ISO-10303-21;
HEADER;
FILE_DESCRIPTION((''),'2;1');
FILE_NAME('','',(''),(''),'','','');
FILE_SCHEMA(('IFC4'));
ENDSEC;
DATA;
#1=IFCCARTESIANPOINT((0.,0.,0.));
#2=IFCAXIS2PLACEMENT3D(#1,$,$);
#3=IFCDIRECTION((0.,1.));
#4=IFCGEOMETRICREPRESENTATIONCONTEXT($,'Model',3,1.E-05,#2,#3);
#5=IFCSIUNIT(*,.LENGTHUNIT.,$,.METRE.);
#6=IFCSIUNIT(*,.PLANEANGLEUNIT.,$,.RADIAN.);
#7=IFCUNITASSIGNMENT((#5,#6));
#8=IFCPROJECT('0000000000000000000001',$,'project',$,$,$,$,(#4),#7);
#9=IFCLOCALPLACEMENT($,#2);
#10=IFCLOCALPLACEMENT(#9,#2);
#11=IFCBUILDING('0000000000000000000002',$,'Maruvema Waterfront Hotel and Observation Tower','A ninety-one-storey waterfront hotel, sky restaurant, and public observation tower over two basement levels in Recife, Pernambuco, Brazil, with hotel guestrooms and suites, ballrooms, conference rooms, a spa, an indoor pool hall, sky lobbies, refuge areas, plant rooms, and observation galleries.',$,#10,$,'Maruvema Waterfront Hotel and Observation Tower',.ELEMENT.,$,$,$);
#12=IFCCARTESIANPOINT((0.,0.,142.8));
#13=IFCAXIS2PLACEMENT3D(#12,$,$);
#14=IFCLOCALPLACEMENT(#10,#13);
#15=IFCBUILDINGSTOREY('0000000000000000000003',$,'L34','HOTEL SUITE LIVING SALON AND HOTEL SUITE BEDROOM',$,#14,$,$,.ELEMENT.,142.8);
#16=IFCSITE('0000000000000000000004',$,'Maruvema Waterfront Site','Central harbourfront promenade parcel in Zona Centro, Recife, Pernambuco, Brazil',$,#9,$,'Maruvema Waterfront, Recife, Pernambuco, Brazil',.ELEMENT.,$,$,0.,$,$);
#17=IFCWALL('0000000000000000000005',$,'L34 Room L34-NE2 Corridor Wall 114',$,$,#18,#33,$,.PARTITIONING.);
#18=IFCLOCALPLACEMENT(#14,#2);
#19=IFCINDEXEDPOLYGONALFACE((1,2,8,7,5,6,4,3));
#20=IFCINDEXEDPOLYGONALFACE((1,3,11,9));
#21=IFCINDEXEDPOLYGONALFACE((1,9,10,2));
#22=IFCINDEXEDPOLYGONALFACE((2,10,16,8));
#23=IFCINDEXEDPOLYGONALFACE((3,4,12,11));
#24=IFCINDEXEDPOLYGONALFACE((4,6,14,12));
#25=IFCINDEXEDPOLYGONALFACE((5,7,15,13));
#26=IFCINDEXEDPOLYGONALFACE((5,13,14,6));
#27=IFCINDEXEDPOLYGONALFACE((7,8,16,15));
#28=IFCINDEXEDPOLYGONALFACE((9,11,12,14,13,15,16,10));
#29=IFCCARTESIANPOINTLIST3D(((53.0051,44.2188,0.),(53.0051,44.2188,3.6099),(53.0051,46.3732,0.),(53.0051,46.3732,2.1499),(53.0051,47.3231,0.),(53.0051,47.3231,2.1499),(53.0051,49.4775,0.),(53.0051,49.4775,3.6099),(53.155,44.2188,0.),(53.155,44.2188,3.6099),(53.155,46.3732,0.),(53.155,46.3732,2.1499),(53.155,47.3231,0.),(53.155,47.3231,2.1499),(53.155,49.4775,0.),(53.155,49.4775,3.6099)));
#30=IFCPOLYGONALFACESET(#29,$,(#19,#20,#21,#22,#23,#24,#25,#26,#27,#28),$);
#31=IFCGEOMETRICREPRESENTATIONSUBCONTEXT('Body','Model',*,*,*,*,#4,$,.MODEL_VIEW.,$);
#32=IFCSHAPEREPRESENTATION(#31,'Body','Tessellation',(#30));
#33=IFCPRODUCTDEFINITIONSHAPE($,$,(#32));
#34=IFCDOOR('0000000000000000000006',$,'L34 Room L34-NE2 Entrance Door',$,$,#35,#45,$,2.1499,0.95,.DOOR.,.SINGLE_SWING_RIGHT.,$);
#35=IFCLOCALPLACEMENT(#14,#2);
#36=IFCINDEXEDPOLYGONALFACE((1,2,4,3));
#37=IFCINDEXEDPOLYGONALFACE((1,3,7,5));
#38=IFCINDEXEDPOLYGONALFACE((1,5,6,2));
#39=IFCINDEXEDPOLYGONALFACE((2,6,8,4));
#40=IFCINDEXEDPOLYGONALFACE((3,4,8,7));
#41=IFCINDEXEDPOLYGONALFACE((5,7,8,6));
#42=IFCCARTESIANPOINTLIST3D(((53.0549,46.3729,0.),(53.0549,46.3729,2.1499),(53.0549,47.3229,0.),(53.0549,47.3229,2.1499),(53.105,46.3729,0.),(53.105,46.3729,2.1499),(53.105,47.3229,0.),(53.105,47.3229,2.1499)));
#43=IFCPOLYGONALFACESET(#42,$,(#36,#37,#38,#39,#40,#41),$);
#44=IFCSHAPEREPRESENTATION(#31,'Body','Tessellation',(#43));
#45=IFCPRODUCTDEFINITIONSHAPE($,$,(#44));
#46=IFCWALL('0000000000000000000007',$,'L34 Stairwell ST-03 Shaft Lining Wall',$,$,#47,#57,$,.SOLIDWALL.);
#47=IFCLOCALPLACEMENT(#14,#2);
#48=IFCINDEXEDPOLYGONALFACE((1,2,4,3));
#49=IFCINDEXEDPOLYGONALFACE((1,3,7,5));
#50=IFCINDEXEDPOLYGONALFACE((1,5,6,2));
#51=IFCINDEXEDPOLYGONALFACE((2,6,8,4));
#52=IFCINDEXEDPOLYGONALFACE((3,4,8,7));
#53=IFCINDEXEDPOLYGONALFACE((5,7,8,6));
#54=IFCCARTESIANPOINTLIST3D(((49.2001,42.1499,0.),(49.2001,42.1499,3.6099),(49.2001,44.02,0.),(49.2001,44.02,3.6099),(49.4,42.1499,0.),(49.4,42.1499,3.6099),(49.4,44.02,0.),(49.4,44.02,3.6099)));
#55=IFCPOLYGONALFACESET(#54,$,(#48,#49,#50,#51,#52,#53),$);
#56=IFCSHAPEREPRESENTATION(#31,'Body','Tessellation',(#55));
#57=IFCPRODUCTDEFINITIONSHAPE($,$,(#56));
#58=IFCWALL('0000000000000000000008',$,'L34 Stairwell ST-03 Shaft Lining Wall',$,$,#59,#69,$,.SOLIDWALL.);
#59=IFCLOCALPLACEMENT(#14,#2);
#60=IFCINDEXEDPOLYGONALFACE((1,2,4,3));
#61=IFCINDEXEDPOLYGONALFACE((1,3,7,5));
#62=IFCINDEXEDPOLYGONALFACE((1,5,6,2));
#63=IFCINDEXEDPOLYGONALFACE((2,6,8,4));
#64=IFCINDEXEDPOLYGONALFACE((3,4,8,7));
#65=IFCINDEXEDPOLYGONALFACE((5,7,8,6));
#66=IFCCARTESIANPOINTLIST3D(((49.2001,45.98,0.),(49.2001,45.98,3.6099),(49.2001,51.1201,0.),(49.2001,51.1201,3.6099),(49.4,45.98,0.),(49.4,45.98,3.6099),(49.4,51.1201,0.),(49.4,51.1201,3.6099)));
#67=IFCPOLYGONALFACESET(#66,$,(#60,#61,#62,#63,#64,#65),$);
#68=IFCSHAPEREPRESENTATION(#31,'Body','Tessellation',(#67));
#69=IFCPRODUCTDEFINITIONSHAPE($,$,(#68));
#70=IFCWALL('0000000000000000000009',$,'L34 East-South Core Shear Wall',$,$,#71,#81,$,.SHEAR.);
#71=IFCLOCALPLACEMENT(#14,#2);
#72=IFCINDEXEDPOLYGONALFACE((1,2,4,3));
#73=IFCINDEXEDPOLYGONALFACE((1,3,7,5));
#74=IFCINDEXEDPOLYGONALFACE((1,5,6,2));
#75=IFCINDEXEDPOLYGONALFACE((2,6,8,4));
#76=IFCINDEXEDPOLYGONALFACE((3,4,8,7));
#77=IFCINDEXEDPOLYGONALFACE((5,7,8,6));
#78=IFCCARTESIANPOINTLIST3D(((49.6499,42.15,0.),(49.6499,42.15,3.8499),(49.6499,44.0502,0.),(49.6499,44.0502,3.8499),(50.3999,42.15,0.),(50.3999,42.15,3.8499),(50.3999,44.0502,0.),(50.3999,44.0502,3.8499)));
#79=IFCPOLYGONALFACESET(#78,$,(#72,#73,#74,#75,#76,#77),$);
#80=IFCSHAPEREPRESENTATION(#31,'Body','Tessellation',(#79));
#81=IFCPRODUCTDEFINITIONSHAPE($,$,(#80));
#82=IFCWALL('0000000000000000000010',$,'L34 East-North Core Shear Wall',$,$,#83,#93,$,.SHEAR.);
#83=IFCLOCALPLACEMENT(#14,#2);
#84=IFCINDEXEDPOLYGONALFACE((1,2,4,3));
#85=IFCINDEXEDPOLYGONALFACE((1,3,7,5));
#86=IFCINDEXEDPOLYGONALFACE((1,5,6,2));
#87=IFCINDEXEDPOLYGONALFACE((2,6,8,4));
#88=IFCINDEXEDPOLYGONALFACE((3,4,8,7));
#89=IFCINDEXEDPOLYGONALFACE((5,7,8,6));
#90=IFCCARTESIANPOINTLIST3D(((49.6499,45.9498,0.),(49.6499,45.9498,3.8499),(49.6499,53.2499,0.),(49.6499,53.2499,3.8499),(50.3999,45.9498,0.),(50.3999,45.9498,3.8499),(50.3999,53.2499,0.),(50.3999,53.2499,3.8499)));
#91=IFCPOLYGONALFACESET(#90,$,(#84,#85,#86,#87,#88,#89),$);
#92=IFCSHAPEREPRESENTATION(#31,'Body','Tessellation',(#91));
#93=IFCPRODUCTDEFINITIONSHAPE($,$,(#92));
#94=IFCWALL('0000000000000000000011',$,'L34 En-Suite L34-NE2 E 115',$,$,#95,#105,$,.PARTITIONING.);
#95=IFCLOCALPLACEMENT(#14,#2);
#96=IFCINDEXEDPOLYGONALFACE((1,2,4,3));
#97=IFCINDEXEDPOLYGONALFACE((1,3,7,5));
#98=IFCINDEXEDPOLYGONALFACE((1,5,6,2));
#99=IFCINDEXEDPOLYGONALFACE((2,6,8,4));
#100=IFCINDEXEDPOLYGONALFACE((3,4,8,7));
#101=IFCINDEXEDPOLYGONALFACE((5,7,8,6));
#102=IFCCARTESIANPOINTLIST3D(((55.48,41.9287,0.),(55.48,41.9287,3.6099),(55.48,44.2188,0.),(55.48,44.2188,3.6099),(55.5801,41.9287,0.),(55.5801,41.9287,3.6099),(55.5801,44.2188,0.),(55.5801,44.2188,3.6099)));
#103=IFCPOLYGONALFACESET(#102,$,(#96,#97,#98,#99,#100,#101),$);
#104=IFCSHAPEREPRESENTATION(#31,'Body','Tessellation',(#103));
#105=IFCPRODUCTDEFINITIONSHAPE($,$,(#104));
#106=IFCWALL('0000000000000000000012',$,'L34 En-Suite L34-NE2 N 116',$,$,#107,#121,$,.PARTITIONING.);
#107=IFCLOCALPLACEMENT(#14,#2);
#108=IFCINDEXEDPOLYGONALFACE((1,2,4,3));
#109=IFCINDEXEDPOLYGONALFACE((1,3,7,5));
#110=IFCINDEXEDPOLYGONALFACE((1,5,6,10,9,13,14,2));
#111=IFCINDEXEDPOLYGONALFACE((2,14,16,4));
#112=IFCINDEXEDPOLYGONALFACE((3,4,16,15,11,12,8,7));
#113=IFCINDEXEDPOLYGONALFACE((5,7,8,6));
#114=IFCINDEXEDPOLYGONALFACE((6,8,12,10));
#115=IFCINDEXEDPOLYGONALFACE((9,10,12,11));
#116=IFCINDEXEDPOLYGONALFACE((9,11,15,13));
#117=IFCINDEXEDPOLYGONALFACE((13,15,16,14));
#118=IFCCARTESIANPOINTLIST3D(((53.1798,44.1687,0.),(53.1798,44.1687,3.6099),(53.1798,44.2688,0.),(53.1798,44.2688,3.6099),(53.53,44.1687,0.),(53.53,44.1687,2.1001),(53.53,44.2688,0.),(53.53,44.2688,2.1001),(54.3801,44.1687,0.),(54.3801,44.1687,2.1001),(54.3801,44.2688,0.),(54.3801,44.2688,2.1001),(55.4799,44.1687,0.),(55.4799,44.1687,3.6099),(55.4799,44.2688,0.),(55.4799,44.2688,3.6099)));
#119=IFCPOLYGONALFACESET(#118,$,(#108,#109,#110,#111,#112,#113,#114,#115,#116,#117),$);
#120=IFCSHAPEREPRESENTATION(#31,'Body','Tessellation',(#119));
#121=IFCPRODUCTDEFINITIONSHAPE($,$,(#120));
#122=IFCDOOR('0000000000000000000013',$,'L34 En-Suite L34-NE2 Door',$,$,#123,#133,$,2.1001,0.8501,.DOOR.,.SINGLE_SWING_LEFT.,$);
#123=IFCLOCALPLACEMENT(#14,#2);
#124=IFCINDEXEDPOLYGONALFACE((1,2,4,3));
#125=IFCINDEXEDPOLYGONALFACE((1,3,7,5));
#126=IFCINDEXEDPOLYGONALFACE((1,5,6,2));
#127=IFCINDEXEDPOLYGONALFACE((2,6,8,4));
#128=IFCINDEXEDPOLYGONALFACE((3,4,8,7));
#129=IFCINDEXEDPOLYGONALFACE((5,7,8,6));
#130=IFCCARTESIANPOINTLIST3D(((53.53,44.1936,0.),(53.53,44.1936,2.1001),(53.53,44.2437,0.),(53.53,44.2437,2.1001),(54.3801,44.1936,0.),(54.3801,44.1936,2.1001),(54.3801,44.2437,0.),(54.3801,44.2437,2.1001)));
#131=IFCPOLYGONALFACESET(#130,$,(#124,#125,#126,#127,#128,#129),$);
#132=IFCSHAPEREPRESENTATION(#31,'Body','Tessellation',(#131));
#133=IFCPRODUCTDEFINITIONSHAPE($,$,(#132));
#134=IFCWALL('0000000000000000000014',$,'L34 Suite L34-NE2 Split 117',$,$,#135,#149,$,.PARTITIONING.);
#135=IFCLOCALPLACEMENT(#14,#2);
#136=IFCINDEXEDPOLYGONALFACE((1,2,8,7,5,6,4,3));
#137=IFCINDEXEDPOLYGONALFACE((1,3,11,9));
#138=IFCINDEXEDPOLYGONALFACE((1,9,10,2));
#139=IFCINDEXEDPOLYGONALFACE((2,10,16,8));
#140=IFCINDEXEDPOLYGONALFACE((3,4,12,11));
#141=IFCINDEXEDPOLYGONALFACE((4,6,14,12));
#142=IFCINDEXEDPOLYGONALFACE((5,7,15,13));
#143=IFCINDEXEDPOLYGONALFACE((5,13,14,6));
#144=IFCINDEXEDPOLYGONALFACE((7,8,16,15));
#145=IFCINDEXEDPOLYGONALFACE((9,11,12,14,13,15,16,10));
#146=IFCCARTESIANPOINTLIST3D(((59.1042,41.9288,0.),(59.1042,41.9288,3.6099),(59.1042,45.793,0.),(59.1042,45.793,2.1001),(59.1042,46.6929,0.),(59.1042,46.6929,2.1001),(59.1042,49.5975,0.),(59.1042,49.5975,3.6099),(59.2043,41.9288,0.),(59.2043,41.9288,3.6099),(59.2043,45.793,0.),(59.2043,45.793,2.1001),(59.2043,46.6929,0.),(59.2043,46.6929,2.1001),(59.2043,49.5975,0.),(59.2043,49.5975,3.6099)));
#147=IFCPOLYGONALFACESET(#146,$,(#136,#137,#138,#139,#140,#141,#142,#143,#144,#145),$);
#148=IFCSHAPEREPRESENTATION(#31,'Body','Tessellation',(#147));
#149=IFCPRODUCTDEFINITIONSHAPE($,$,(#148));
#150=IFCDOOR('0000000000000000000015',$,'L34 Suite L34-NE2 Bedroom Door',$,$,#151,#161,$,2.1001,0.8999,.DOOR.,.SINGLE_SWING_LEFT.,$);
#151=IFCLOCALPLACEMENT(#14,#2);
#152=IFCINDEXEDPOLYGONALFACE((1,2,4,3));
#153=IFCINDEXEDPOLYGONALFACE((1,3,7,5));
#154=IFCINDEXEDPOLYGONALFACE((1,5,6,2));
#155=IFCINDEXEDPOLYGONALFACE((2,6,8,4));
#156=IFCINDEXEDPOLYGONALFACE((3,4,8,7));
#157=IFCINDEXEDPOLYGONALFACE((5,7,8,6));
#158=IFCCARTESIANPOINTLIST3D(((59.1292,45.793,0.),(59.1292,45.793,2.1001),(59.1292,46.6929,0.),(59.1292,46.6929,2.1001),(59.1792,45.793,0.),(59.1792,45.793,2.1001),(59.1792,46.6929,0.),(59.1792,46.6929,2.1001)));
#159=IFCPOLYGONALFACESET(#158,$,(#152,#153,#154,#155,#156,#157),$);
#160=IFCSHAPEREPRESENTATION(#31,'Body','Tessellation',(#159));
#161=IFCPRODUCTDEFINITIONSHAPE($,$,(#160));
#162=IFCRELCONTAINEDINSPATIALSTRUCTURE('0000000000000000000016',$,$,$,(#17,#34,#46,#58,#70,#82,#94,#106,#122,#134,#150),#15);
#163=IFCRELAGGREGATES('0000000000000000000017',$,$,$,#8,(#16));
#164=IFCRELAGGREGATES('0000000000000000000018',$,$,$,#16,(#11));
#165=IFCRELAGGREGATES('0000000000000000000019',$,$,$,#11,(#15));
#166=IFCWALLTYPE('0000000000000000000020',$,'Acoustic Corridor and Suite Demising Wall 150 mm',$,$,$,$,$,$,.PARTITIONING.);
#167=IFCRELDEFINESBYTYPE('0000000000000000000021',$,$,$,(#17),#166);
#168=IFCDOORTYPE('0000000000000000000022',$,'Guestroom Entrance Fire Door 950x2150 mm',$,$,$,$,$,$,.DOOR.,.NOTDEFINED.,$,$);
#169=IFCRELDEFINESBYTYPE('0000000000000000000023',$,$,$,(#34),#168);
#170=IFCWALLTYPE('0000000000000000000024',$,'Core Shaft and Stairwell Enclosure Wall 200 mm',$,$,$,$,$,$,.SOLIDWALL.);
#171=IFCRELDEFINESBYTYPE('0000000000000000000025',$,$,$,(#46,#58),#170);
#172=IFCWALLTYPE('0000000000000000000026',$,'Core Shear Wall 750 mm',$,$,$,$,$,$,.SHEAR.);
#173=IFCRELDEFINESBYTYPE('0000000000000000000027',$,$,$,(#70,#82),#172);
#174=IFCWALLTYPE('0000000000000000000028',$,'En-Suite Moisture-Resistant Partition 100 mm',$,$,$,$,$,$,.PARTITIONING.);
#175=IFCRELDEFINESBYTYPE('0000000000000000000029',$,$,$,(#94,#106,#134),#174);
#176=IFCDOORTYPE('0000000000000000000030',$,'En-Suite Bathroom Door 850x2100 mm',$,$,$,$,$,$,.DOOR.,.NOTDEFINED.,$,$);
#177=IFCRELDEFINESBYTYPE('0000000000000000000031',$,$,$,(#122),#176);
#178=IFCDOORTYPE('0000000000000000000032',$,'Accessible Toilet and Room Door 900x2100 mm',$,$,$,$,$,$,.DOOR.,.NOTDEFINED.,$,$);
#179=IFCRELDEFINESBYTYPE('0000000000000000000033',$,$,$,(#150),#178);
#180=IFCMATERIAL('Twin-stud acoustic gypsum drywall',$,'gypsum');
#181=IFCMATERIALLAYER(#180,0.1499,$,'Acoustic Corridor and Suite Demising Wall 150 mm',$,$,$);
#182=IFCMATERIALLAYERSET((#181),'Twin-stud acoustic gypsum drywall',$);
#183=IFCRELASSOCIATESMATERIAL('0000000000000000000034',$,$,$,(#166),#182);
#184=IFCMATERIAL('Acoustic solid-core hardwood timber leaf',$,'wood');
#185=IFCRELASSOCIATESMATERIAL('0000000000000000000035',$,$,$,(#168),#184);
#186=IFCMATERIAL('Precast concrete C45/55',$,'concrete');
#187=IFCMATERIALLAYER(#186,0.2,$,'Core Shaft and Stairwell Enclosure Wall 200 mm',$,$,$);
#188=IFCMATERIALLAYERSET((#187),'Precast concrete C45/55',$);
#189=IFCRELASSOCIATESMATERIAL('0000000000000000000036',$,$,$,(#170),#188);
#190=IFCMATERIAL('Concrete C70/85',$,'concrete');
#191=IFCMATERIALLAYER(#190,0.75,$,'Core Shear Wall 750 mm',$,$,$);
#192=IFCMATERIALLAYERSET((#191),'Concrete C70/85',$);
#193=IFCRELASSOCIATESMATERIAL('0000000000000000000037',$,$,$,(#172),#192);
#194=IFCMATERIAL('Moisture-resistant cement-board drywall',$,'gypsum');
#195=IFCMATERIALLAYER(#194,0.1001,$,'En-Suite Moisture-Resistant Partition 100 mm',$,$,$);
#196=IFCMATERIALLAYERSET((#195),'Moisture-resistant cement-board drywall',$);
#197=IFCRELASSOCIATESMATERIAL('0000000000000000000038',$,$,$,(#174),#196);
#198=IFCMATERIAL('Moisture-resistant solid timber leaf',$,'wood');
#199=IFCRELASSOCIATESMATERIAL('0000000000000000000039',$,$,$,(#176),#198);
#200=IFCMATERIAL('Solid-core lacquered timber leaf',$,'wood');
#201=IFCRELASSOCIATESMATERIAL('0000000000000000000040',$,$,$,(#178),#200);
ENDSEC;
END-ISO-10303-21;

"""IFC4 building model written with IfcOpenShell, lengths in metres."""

from ifc_helpers import new_model, si_unit, direction, frame, frame_2d, origin, place, context, subcontext, project, spatial, rectangle, extrude, material, layer, layer_set, type_object, element, fill, save


model = new_model("IFC4")

# Units and contexts
model_context = context("Model", 3, precision=1e-05, world=origin(), true_north=direction((0.0, 1.0)))
body_context = subcontext(model_context, "Body", "Model", "MODEL_VIEW")
ifc_project = project(units=[si_unit("LENGTHUNIT", "METRE"), si_unit("PLANEANGLEUNIT", "RADIAN")], contexts=[model_context])

# Site, building, storey
site_placement = place(None, origin())
site = spatial("IfcSite", under=ifc_project, at=site_placement, Name="Maruvema Waterfront Site", Description="Central harbourfront promenade parcel in Zona Centro, Recife, Pernambuco, Brazil", LongName="Maruvema Waterfront, Recife, Pernambuco, Brazil", CompositionType="ELEMENT", RefElevation=0.0)
building_placement = place(site_placement, origin())
building = spatial("IfcBuilding", under=site, at=building_placement, Name="Maruvema Waterfront Hotel and Observation Tower", Description="A ninety-one-storey waterfront hotel, sky restaurant, and public observation tower over two basement levels in Recife, Pernambuco, Brazil, with hotel guestrooms and suites, ballrooms, conference rooms, a spa, an indoor pool hall, sky lobbies, refuge areas, plant rooms, and observation galleries.", LongName="Maruvema Waterfront Hotel and Observation Tower", CompositionType="ELEMENT")
storey_placement = place(building_placement, frame((0.0, 0.0, 142.8)))
storey = spatial("IfcBuildingStorey", under=building, at=storey_placement, Name="L34", Description="HOTEL SUITE LIVING SALON AND HOTEL SUITE BEDROOM", CompositionType="ELEMENT", Elevation=142.8)

# Wall, opening, door
ifc_material_1 = material(Name="Twin-stud acoustic gypsum drywall", Category="gypsum")
ifc_layer_1 = layer(ifc_material_1, 0.1499, Name="Acoustic Corridor and Suite Demising Wall 150 mm")
ifc_layer_set_1 = layer_set([ifc_layer_1], Name="Twin-stud acoustic gypsum drywall")
wall_type_1 = type_object("IfcWallType", Name="Acoustic Corridor and Suite Demising Wall 150 mm", PredefinedType="PARTITIONING", material=ifc_layer_set_1)
wall_1_placement = place(storey_placement, frame((53.0801, 44.2188, 0.0), z_axis=(0.0, 0.0, 1.0), x_axis=(0.0, 1.0, 0.0)))
wall_1 = element("IfcWall", 1, at=wall_1_placement, inside=storey, type_object=wall_type_1, Name="L34 Room L34-NE2 Corridor Wall 114", PredefinedType="PARTITIONING", context=body_context, shape_type="SweptSolid", body=[
    extrude(rectangle(XDim=5.2588, YDim=0.1499, at=frame_2d((2.6294, 0.0))), origin(), (0.0, 0.0, 1.0), 3.6099),
])
opening_1_placement = place(wall_1_placement, frame((2.1543, 0.0, 0.0)))
opening_1 = element("IfcOpeningElement", 2, at=opening_1_placement, cuts=wall_1, PredefinedType="OPENING", context=body_context, shape_type="SweptSolid", body=[
    extrude(rectangle(XDim=0.95, YDim=2.1499, at=frame_2d((0.4751, 1.075))), frame((0.0, 0.085, 0.0), z_axis=(0.0, -1.0, 0.0), x_axis=(1.0, 0.0, 0.0)), (0.0, 0.0, 1.0), 0.1699),
])
ifc_material_2 = material(Name="Acoustic solid-core hardwood timber leaf", Category="wood")
door_type_1 = type_object("IfcDoorType", Name="Guestroom Entrance Fire Door 950x2150 mm", OperationType="NOTDEFINED", PredefinedType="DOOR", material=ifc_material_2)
door_1_placement = place(opening_1_placement, frame((0.95, 0.0, 0.0), z_axis=(0.0, 0.0, 1.0), x_axis=(-1.0, 0.0, 0.0)))
door_1 = element("IfcDoor", 3, at=door_1_placement, inside=storey, type_object=door_type_1, Name="L34 Room L34-NE2 Entrance Door", OperationType="SINGLE_SWING_RIGHT", OverallHeight=2.1499, OverallWidth=0.95, PredefinedType="DOOR", context=body_context, shape_type="SweptSolid", body=[
    extrude(rectangle(XDim=0.95, YDim=2.1499, at=frame_2d((0.4751, 1.075))), frame((0.0, 0.0249, 0.0), z_axis=(0.0, -1.0, 0.0), x_axis=(1.0, 0.0, 0.0)), (0.0, 0.0, 1.0), 0.05),
])
fill(opening_1, door_1)

# Walls
ifc_material_3 = material(Name="Precast concrete C45/55", Category="concrete")
ifc_layer_2 = layer(ifc_material_3, 0.2, Name="Core Shaft and Stairwell Enclosure Wall 200 mm")
ifc_layer_set_2 = layer_set([ifc_layer_2], Name="Precast concrete C45/55")
wall_type_2 = type_object("IfcWallType", Name="Core Shaft and Stairwell Enclosure Wall 200 mm", PredefinedType="SOLIDWALL", material=ifc_layer_set_2)
wall_2_placement = place(storey_placement, frame((49.3, 42.1499, 0.0), z_axis=(0.0, 0.0, 1.0), x_axis=(0.0, 1.0, 0.0)))
element("IfcWall", 4, at=wall_2_placement, inside=storey, type_object=wall_type_2, Name="L34 Stairwell ST-03 Shaft Lining Wall", PredefinedType="SOLIDWALL", context=body_context, shape_type="SweptSolid", body=[
    extrude(rectangle(XDim=1.8701, YDim=0.2, at=frame_2d((0.9351, 0.0))), origin(), (0.0, 0.0, 1.0), 3.6099),
])
wall_3_placement = place(storey_placement, frame((49.3, 45.98, 0.0), z_axis=(0.0, 0.0, 1.0), x_axis=(0.0, 1.0, 0.0)))
element("IfcWall", 5, at=wall_3_placement, inside=storey, type_object=wall_type_2, Name="L34 Stairwell ST-03 Shaft Lining Wall", PredefinedType="SOLIDWALL", context=body_context, shape_type="SweptSolid", body=[
    extrude(rectangle(XDim=5.1401, YDim=0.2, at=frame_2d((2.5701, 0.0))), origin(), (0.0, 0.0, 1.0), 3.6099),
])
ifc_material_4 = material(Name="Concrete C70/85", Category="concrete")
ifc_layer_3 = layer(ifc_material_4, 0.75, Name="Core Shear Wall 750 mm")
ifc_layer_set_3 = layer_set([ifc_layer_3], Name="Concrete C70/85")
wall_type_3 = type_object("IfcWallType", Name="Core Shear Wall 750 mm", PredefinedType="SHEAR", material=ifc_layer_set_3)
wall_4_placement = place(storey_placement, frame((50.0249, 42.1499, 0.0), z_axis=(0.0, 0.0, 1.0), x_axis=(0.0, 1.0, 0.0)))
element("IfcWall", 6, at=wall_4_placement, inside=storey, type_object=wall_type_3, Name="L34 East-South Core Shear Wall", PredefinedType="SHEAR", context=body_context, shape_type="SweptSolid", body=[
    extrude(rectangle(XDim=1.9001, YDim=0.75, at=frame_2d((0.9502, 0.0))), origin(), (0.0, 0.0, 1.0), 3.8499),
])
wall_5_placement = place(storey_placement, frame((50.0249, 45.95, 0.0), z_axis=(0.0, 0.0, 1.0), x_axis=(0.0, 1.0, 0.0)))
element("IfcWall", 7, at=wall_5_placement, inside=storey, type_object=wall_type_3, Name="L34 East-North Core Shear Wall", PredefinedType="SHEAR", context=body_context, shape_type="SweptSolid", body=[
    extrude(rectangle(XDim=7.3, YDim=0.75, at=frame_2d((3.6499, 0.0))), origin(), (0.0, 0.0, 1.0), 3.8499),
])
ifc_material_5 = material(Name="Moisture-resistant cement-board drywall", Category="gypsum")
ifc_layer_4 = layer(ifc_material_5, 0.1001, Name="En-Suite Moisture-Resistant Partition 100 mm")
ifc_layer_set_4 = layer_set([ifc_layer_4], Name="Moisture-resistant cement-board drywall")
wall_type_4 = type_object("IfcWallType", Name="En-Suite Moisture-Resistant Partition 100 mm", PredefinedType="PARTITIONING", material=ifc_layer_set_4)
wall_6_placement = place(storey_placement, frame((55.53, 41.9287, 0.0), z_axis=(0.0, 0.0, 1.0), x_axis=(0.0, 1.0, 0.0)))
element("IfcWall", 8, at=wall_6_placement, inside=storey, type_object=wall_type_4, Name="L34 En-Suite L34-NE2 E 115", PredefinedType="PARTITIONING", context=body_context, shape_type="SweptSolid", body=[
    extrude(rectangle(XDim=2.29, YDim=0.1001, at=frame_2d((1.145, 0.0))), origin(), (0.0, 0.0, 1.0), 3.6099),
])

# Walls, openings, doors
wall_7_placement = place(storey_placement, frame((53.1799, 44.2188, 0.0), z_axis=(0.0, 0.0, 1.0), x_axis=(1.0, 0.0, 0.0)))
wall_7 = element("IfcWall", 9, at=wall_7_placement, inside=storey, type_object=wall_type_4, Name="L34 En-Suite L34-NE2 N 116", PredefinedType="PARTITIONING", context=body_context, shape_type="SweptSolid", body=[
    extrude(rectangle(XDim=2.3, YDim=0.1001, at=frame_2d((1.1499, 0.0))), origin(), (0.0, 0.0, 1.0), 3.6099),
])
opening_2_placement = place(wall_7_placement, frame((0.3501, 0.0, 0.0)))
opening_2 = element("IfcOpeningElement", 10, at=opening_2_placement, cuts=wall_7, PredefinedType="OPENING", context=body_context, shape_type="SweptSolid", body=[
    extrude(rectangle(XDim=0.8501, YDim=2.1001, at=frame_2d((0.425, 1.05))), frame((0.0, 0.0601, 0.0), z_axis=(0.0, -1.0, 0.0), x_axis=(1.0, 0.0, 0.0)), (0.0, 0.0, 1.0), 0.1201),
])
ifc_material_6 = material(Name="Moisture-resistant solid timber leaf", Category="wood")
door_type_2 = type_object("IfcDoorType", Name="En-Suite Bathroom Door 850x2100 mm", OperationType="NOTDEFINED", PredefinedType="DOOR", material=ifc_material_6)
door_2_placement = place(opening_2_placement, origin())
door_2 = element("IfcDoor", 11, at=door_2_placement, inside=storey, type_object=door_type_2, Name="L34 En-Suite L34-NE2 Door", OperationType="SINGLE_SWING_LEFT", OverallHeight=2.1001, OverallWidth=0.8501, PredefinedType="DOOR", context=body_context, shape_type="SweptSolid", body=[
    extrude(rectangle(XDim=0.8501, YDim=2.1001, at=frame_2d((0.425, 1.05))), frame((0.0, 0.0249, 0.0), z_axis=(0.0, -1.0, 0.0), x_axis=(1.0, 0.0, 0.0)), (0.0, 0.0, 1.0), 0.05),
])
fill(opening_2, door_2)
wall_8_placement = place(storey_placement, frame((59.1543, 41.9287, 0.0), z_axis=(0.0, 0.0, 1.0), x_axis=(0.0, 1.0, 0.0)))
wall_8 = element("IfcWall", 12, at=wall_8_placement, inside=storey, type_object=wall_type_4, Name="L34 Suite L34-NE2 Split 117", PredefinedType="PARTITIONING", context=body_context, shape_type="SweptSolid", body=[
    extrude(rectangle(XDim=7.6687, YDim=0.1001, at=frame_2d((3.8345, 0.0))), origin(), (0.0, 0.0, 1.0), 3.6099),
])
opening_3_placement = place(wall_8_placement, frame((3.8643, 0.0, 0.0)))
opening_3 = element("IfcOpeningElement", 13, at=opening_3_placement, cuts=wall_8, PredefinedType="OPENING", context=body_context, shape_type="SweptSolid", body=[
    extrude(rectangle(XDim=0.8999, YDim=2.1001, at=frame_2d((0.45, 1.05))), frame((0.0, 0.0601, 0.0), z_axis=(0.0, -1.0, 0.0), x_axis=(1.0, 0.0, 0.0)), (0.0, 0.0, 1.0), 0.1201),
])
ifc_material_7 = material(Name="Solid-core lacquered timber leaf", Category="wood")
door_type_3 = type_object("IfcDoorType", Name="Accessible Toilet and Room Door 900x2100 mm", OperationType="NOTDEFINED", PredefinedType="DOOR", material=ifc_material_7)
door_3_placement = place(opening_3_placement, frame((0.8999, 0.0, 0.0), z_axis=(0.0, 0.0, 1.0), x_axis=(-1.0, 0.0, 0.0)))
door_3 = element("IfcDoor", 14, at=door_3_placement, inside=storey, type_object=door_type_3, Name="L34 Suite L34-NE2 Bedroom Door", OperationType="SINGLE_SWING_LEFT", OverallHeight=2.1001, OverallWidth=0.8999, PredefinedType="DOOR", context=body_context, shape_type="SweptSolid", body=[
    extrude(rectangle(XDim=0.8999, YDim=2.1001, at=frame_2d((0.45, 1.05))), frame((0.0, 0.0249, 0.0), z_axis=(0.0, -1.0, 0.0), x_axis=(1.0, 0.0, 0.0)), (0.0, 0.0, 1.0), 0.05),
])
fill(opening_3, door_3)

save(model, "model.ifc")
